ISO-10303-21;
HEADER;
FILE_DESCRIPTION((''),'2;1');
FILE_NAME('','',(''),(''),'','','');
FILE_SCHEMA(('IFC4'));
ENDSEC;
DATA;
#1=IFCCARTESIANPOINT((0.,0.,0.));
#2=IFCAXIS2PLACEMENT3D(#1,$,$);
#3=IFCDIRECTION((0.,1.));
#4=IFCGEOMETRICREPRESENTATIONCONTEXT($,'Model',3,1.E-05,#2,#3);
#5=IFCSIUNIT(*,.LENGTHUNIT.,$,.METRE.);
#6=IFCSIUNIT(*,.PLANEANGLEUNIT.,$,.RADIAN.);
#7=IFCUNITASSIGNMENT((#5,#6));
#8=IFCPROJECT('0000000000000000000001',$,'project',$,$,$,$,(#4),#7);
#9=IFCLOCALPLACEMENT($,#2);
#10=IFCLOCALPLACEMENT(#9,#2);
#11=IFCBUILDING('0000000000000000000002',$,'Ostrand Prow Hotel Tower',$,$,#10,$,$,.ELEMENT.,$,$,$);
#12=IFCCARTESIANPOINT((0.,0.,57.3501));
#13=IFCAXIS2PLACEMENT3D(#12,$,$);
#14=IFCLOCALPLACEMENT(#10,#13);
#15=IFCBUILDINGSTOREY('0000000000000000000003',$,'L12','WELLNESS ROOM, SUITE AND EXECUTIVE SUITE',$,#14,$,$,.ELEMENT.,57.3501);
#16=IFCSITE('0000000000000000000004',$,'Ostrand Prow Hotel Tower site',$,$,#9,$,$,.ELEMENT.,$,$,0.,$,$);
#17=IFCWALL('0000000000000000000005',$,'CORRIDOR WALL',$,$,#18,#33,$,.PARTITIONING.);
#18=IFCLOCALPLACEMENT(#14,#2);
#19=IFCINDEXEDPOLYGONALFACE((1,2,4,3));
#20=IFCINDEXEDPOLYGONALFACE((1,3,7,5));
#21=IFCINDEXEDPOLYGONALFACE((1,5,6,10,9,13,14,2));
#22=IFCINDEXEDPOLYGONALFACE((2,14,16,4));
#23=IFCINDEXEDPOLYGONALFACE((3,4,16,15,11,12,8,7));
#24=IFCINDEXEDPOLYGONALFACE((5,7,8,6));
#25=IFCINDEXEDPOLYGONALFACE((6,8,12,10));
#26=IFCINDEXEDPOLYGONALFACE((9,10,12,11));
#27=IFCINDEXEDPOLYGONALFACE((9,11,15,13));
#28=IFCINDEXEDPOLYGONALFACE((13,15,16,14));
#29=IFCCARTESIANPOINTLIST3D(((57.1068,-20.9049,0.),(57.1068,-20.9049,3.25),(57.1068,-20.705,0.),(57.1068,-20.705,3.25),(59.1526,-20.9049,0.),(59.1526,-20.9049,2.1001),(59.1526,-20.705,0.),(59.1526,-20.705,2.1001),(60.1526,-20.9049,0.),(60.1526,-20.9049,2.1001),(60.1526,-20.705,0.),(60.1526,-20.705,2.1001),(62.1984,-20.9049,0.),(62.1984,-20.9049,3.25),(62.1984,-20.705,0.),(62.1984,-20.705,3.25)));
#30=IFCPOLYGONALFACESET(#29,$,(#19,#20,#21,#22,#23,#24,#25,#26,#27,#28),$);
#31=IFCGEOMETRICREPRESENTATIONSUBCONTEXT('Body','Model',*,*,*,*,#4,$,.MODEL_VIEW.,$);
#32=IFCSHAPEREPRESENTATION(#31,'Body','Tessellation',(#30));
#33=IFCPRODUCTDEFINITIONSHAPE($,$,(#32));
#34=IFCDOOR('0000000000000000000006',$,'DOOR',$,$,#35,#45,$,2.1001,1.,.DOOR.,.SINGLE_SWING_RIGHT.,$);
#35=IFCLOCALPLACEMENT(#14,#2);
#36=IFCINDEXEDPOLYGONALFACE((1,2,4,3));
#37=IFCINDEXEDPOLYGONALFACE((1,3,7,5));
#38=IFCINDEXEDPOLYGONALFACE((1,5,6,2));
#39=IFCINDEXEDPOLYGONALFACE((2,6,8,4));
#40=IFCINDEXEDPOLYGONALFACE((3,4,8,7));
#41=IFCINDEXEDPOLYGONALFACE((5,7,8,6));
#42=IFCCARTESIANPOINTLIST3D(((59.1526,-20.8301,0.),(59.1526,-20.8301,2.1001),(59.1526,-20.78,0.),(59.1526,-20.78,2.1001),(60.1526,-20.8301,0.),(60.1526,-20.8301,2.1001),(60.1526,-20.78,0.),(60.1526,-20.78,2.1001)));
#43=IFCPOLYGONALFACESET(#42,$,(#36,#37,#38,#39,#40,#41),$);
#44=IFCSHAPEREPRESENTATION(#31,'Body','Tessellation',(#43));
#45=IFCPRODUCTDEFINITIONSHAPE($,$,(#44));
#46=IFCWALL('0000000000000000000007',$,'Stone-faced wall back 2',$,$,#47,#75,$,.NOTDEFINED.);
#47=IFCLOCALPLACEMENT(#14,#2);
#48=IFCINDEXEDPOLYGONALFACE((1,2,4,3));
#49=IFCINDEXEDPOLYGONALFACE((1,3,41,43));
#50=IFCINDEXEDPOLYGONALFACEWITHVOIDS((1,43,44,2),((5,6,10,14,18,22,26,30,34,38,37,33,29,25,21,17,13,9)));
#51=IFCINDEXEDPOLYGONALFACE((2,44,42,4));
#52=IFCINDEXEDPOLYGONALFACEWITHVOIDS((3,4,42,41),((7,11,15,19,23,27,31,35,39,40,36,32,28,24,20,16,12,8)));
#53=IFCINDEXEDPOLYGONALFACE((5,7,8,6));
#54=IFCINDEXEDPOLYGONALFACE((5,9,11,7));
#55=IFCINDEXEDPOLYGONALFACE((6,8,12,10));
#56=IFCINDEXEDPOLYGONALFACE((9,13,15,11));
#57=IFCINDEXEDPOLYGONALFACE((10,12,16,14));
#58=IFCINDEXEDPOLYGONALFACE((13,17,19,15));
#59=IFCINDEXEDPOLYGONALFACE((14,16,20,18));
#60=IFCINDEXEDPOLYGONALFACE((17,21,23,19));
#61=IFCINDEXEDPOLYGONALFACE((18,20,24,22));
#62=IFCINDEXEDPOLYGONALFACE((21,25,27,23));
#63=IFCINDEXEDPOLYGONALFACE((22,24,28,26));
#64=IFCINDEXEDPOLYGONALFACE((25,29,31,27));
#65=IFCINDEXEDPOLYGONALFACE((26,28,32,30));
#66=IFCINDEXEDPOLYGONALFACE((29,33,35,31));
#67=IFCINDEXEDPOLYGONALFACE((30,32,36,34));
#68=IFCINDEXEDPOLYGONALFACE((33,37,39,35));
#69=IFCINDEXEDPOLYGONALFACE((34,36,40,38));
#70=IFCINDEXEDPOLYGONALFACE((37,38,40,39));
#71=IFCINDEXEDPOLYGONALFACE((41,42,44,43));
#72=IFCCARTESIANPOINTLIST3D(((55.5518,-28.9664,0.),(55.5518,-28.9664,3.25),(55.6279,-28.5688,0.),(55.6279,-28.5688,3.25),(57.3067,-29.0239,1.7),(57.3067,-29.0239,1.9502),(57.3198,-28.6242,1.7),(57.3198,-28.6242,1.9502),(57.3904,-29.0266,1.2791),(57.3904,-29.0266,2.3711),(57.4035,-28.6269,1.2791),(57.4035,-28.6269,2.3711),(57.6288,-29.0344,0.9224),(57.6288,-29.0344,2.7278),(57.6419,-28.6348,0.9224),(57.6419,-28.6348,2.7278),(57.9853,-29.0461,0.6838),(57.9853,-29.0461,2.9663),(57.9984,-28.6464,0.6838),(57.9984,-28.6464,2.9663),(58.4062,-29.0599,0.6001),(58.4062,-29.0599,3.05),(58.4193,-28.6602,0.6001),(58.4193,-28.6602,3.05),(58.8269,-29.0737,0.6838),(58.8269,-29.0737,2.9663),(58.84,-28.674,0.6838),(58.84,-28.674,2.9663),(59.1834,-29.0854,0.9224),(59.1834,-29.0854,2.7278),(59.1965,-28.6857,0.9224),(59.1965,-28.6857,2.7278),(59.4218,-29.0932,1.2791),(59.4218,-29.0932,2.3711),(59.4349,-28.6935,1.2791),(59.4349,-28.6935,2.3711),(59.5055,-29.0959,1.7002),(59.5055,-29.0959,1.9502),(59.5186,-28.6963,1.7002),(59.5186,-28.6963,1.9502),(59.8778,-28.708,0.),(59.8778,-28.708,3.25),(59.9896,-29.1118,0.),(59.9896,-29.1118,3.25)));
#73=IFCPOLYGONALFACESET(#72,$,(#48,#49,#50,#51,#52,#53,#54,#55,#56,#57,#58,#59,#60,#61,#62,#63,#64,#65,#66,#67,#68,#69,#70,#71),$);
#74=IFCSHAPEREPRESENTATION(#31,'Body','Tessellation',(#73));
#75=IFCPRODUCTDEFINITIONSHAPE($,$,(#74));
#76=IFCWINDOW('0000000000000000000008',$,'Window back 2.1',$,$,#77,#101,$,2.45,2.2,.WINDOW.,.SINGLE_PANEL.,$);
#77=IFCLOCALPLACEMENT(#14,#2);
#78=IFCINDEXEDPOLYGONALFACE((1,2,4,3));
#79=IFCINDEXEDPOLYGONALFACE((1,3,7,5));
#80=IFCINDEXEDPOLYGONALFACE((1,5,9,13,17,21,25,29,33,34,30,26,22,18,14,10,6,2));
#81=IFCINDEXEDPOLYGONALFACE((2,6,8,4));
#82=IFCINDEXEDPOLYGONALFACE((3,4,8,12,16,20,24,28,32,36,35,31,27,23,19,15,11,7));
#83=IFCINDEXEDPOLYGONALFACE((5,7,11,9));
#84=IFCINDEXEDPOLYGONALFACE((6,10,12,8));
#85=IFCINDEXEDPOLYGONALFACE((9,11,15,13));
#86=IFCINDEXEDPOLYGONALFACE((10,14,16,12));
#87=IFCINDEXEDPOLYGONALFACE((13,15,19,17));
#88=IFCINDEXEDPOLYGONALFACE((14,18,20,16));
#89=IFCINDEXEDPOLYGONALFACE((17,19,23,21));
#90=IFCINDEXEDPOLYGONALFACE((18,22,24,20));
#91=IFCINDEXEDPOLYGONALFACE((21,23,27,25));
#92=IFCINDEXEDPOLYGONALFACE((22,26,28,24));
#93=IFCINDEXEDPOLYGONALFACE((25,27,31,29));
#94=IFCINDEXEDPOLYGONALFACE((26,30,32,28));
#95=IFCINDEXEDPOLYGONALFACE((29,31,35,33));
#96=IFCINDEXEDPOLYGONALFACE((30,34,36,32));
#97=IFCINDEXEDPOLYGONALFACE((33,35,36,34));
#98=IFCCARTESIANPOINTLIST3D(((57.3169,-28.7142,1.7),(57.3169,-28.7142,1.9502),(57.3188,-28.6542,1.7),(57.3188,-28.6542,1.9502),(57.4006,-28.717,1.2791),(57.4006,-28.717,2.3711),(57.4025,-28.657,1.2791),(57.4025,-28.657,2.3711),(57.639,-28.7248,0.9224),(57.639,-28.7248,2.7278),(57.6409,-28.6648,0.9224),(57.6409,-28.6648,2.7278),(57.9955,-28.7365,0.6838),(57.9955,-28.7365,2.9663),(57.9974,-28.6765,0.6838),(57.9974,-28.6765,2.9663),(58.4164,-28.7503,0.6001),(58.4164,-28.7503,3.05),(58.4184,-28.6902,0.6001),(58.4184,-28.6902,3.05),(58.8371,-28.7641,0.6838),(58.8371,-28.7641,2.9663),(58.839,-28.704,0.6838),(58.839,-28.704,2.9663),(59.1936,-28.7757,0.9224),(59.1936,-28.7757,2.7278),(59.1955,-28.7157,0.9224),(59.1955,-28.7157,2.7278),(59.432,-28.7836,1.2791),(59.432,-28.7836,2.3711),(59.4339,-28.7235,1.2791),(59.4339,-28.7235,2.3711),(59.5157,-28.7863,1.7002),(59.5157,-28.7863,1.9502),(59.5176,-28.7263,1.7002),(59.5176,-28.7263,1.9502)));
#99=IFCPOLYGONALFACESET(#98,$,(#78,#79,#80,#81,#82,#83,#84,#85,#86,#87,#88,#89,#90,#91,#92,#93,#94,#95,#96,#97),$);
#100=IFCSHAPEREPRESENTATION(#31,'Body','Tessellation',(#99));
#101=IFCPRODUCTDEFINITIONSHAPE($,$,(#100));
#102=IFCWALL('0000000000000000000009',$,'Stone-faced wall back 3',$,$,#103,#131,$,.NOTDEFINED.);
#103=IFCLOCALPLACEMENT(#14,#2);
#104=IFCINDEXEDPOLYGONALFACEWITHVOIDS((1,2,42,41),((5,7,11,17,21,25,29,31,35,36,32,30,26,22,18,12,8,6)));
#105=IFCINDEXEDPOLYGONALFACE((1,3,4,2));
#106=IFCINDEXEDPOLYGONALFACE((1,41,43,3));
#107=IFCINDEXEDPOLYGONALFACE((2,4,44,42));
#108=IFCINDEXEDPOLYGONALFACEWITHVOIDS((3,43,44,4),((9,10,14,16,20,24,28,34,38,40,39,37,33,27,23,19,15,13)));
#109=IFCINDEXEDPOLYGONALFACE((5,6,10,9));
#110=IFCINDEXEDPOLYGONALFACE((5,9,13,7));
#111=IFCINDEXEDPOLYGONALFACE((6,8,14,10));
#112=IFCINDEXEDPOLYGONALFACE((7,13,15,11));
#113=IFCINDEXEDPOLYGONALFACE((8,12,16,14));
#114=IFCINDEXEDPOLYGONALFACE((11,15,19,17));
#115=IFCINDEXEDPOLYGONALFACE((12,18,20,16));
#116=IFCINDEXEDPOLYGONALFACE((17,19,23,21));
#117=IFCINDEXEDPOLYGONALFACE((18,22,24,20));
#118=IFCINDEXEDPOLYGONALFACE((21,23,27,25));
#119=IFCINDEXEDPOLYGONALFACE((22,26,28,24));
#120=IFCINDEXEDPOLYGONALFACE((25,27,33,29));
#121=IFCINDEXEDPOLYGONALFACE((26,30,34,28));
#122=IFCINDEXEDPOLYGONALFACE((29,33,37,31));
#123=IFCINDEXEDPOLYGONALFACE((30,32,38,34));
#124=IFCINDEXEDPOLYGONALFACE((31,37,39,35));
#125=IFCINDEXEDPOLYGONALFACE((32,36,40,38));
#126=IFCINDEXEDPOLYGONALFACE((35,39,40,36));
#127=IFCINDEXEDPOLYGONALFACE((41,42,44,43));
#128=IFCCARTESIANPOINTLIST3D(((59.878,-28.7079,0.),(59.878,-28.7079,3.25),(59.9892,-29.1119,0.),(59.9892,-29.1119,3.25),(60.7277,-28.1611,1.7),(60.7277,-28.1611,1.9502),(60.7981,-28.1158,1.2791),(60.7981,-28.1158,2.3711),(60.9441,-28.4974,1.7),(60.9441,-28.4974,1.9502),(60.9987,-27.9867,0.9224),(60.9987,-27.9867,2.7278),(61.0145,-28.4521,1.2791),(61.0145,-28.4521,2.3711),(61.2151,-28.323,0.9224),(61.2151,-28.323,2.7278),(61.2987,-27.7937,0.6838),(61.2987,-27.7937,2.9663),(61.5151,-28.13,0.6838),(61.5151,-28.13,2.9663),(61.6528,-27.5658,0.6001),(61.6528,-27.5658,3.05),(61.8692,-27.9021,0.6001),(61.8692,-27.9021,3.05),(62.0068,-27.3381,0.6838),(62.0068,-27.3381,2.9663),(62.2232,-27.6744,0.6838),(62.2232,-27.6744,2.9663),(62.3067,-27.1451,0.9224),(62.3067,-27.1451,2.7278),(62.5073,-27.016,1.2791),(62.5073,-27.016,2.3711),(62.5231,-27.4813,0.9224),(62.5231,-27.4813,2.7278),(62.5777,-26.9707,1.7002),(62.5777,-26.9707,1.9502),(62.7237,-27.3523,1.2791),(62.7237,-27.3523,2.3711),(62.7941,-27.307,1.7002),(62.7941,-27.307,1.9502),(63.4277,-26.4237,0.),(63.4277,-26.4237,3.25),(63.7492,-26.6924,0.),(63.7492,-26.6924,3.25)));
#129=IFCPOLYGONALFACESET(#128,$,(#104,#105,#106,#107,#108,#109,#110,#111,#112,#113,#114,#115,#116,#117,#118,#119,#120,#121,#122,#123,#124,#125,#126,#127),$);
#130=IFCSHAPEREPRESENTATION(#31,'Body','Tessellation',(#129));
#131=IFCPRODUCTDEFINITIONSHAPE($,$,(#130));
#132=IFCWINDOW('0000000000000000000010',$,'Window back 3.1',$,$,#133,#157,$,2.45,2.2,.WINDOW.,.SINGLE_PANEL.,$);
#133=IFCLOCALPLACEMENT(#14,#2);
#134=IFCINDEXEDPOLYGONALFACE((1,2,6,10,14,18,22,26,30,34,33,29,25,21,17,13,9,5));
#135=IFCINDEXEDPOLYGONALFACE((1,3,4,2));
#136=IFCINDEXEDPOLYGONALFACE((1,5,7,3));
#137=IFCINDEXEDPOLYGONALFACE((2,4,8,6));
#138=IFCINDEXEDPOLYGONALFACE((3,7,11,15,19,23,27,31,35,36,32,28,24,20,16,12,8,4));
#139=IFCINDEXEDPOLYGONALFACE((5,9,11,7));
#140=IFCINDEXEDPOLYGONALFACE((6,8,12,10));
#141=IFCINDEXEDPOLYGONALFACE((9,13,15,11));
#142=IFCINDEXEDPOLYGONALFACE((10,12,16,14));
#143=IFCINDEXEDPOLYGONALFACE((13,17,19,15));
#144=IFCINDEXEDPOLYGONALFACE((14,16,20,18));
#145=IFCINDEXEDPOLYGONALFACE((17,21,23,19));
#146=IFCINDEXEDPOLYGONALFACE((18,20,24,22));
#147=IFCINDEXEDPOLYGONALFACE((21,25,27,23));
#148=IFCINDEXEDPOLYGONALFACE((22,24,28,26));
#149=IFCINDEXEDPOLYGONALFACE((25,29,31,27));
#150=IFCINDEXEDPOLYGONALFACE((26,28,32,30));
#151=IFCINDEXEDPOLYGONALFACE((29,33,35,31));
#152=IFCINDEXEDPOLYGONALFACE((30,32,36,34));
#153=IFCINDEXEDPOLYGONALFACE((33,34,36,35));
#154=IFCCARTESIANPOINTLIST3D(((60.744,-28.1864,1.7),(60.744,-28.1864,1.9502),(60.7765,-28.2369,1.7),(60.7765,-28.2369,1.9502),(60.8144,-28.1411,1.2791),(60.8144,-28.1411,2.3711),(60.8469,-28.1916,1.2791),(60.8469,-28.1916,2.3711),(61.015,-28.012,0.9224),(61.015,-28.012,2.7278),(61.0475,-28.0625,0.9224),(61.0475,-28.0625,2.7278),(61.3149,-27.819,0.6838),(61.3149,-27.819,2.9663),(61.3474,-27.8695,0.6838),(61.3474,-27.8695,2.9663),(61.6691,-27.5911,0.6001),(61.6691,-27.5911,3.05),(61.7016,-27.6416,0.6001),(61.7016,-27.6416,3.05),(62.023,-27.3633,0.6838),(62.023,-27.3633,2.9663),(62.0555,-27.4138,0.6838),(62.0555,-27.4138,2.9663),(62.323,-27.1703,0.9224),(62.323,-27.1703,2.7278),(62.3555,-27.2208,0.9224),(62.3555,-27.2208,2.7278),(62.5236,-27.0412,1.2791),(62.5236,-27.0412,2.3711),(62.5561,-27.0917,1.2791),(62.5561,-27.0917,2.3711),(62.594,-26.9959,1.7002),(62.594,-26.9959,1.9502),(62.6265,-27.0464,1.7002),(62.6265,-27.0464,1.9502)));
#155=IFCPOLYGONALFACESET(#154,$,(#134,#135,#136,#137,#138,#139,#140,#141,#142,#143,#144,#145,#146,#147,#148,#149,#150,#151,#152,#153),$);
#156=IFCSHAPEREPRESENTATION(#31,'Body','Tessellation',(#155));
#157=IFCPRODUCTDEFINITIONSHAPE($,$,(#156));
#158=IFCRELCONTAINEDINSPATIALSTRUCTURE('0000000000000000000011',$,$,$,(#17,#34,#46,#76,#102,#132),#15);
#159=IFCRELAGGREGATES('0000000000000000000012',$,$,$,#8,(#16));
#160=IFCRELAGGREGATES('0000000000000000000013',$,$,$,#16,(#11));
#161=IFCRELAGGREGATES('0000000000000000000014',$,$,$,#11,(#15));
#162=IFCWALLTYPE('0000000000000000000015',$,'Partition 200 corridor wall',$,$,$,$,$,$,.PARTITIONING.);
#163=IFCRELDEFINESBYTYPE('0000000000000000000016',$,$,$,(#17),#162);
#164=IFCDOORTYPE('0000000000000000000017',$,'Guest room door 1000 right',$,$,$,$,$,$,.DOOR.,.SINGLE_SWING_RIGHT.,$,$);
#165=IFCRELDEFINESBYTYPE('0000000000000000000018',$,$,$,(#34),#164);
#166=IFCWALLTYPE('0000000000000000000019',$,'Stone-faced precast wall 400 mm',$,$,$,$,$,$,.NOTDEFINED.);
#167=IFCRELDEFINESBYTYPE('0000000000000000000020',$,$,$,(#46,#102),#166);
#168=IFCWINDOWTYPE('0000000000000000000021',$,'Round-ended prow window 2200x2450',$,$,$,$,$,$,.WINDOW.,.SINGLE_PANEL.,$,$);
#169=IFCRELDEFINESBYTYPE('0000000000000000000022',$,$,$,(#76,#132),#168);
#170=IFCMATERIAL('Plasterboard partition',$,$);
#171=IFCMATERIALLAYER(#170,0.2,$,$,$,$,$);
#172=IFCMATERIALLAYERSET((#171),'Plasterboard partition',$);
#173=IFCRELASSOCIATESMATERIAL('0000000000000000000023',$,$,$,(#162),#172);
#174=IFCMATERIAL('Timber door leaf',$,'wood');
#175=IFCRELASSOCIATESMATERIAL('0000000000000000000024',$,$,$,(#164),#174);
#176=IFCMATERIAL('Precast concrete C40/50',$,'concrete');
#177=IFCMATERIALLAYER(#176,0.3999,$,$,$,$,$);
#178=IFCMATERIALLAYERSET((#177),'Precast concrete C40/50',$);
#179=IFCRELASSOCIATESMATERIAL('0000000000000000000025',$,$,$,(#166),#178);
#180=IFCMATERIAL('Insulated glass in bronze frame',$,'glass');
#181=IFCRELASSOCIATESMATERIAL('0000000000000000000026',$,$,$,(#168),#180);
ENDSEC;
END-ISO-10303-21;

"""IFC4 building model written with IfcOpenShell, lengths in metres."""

from ifc_helpers import new_model, si_unit, direction, frame, frame_2d, origin, place, context, subcontext, project, spatial, polyline, rectangle, outline, extrude, material, layer, layer_set, type_object, element, fill, save


model = new_model("IFC4")

# Units and contexts
model_context = context("Model", 3, precision=1e-05, world=origin(), true_north=direction((0.0, 1.0)))
body_context = subcontext(model_context, "Body", "Model", "MODEL_VIEW")
ifc_project = project(units=[si_unit("LENGTHUNIT", "METRE"), si_unit("PLANEANGLEUNIT", "RADIAN")], contexts=[model_context])

# Site, building, storey
site_placement = place(None, origin())
site = spatial("IfcSite", under=ifc_project, at=site_placement, Name="Ostrand Prow Hotel Tower site", CompositionType="ELEMENT", RefElevation=0.0)
building_placement = place(site_placement, origin())
building = spatial("IfcBuilding", under=site, at=building_placement, Name="Ostrand Prow Hotel Tower", CompositionType="ELEMENT")
storey_placement = place(building_placement, frame((0.0, 0.0, 57.3501)))
storey = spatial("IfcBuildingStorey", under=building, at=storey_placement, Name="L12", Description="WELLNESS ROOM, SUITE AND EXECUTIVE SUITE", CompositionType="ELEMENT", Elevation=57.3501)

# Wall, opening, door
ifc_material_1 = material(Name="Plasterboard partition")
ifc_layer_1 = layer(ifc_material_1, 0.2)
ifc_layer_set_1 = layer_set([ifc_layer_1], Name="Plasterboard partition")
wall_type_1 = type_object("IfcWallType", Name="Partition 200 corridor wall", PredefinedType="PARTITIONING", material=ifc_layer_set_1)
wall_1_placement = place(storey_placement, frame((57.1067, -20.8049, 0.0), z_axis=(0.0, 0.0, 1.0), x_axis=(1.0, 0.0, 0.0)))
wall_1 = element("IfcWall", 1, at=wall_1_placement, inside=storey, type_object=wall_type_1, Name="CORRIDOR WALL", PredefinedType="PARTITIONING", context=body_context, shape_type="SweptSolid", body=[
    extrude(rectangle(XDim=5.0916, YDim=0.2, at=frame_2d((2.5459, 0.0))), origin(), (0.0, 0.0, 1.0), 3.25),
])
opening_1_placement = place(wall_1_placement, frame((2.0459, 0.0, 0.0)))
opening_1 = element("IfcOpeningElement", 2, at=opening_1_placement, cuts=wall_1, PredefinedType="OPENING", context=body_context, shape_type="SweptSolid", body=[
    extrude(rectangle(XDim=1.0, YDim=2.1001, at=frame_2d((0.5, 1.05))), frame((0.0, 0.1099, 0.0), z_axis=(0.0, -1.0, 0.0), x_axis=(1.0, 0.0, 0.0)), (0.0, 0.0, 1.0), 0.22),
])
ifc_material_2 = material(Name="Timber door leaf", Category="wood")
door_type_1 = type_object("IfcDoorType", Name="Guest room door 1000 right", OperationType="SINGLE_SWING_RIGHT", PredefinedType="DOOR", material=ifc_material_2)
door_1_placement = place(opening_1_placement, origin())
door_1 = element("IfcDoor", 3, at=door_1_placement, inside=storey, type_object=door_type_1, Name="DOOR", OperationType="SINGLE_SWING_RIGHT", OverallHeight=2.1001, OverallWidth=1.0, PredefinedType="DOOR", context=body_context, shape_type="SweptSolid", body=[
    extrude(rectangle(XDim=1.0, YDim=2.1001, at=frame_2d((0.5, 1.05))), frame((0.0, 0.0249, 0.0), z_axis=(0.0, -1.0, 0.0), x_axis=(1.0, 0.0, 0.0)), (0.0, 0.0, 1.0), 0.05),
])
fill(opening_1, door_1)

# Walls, openings, windows
ifc_material_3 = material(Name="Precast concrete C40/50", Category="concrete")
ifc_layer_2 = layer(ifc_material_3, 0.3999)
ifc_layer_set_2 = layer_set([ifc_layer_2], Name="Precast concrete C40/50")
wall_type_2 = type_object("IfcWallType", Name="Stone-faced precast wall 400 mm", PredefinedType="NOTDEFINED", material=ifc_layer_set_2)
wall_2_placement = place(storey_placement, frame((55.5898, -28.7676, 0.0), z_axis=(0.0, 0.0, 1.0), x_axis=(0.999464, -0.03275, 0.0)))
wall_2 = element("IfcWall", 4, at=wall_2_placement, inside=storey, type_object=wall_type_2, Name="Stone-faced wall back 2", PredefinedType="NOTDEFINED", context=body_context, shape_type="SweptSolid", body=[
    extrude(outline(polyline([(-0.0315, -0.2), (4.4087, -0.2), (4.2837, 0.2), (0.0315, 0.2), (-0.0315, -0.2)])), origin(), (0.0, 0.0, 1.0), 3.25),
])
opening_2_placement = place(wall_2_placement, frame((1.7244, 0.0, 0.6001)))
opening_2 = element("IfcOpeningElement", 5, at=opening_2_placement, cuts=wall_2, PredefinedType="OPENING", context=body_context, shape_type="SweptSolid", body=[
    extrude(outline(polyline([(0.0, 1.3501), (0.0837, 1.771), (0.3223, 2.1277), (0.679, 2.3662), (1.1001, 2.45), (1.521, 2.3662), (1.8777, 2.1277), (2.1162, 1.771), (2.2, 1.3501), (2.2, 1.1001), (2.1162, 0.679), (1.8777, 0.3223), (1.521, 0.0837), (1.1001, 0.0), (0.679, 0.0837), (0.3223, 0.3223), (0.0837, 0.679), (0.0, 1.0999), (0.0, 1.3501)])), frame((0.0, 0.21, 0.0), z_axis=(0.0, -1.0, 0.0), x_axis=(1.0, 0.0, 0.0)), (0.0, 0.0, 1.0), 0.4199),
])
ifc_material_4 = material(Name="Insulated glass in bronze frame", Category="glass")
window_type_1 = type_object("IfcWindowType", Name="Round-ended prow window 2200x2450", PartitioningType="SINGLE_PANEL", PredefinedType="WINDOW", material=ifc_material_4)
window_1_placement = place(opening_2_placement, origin())
window_1 = element("IfcWindow", 6, at=window_1_placement, inside=storey, type_object=window_type_1, Name="Window back 2.1", OverallHeight=2.45, OverallWidth=2.2, PartitioningType="SINGLE_PANEL", PredefinedType="WINDOW", context=body_context, shape_type="SweptSolid", body=[
    extrude(outline(polyline([(0.0, 1.3501), (0.0837, 1.771), (0.3223, 2.1277), (0.679, 2.3662), (1.1001, 2.45), (1.521, 2.3662), (1.8777, 2.1277), (2.1162, 1.771), (2.2, 1.3501), (2.2, 1.1001), (2.1162, 0.679), (1.8777, 0.3223), (1.521, 0.0837), (1.1001, 0.0), (0.679, 0.0837), (0.3223, 0.3223), (0.0837, 0.679), (0.0, 1.0999), (0.0, 1.3501)])), frame((0.0, 0.1699, 0.0), z_axis=(0.0, -1.0, 0.0), x_axis=(1.0, 0.0, 0.0)), (0.0, 0.0, 1.0), 0.0601),
])
fill(opening_2, window_1)
wall_3_placement = place(storey_placement, frame((59.9336, -28.9099, 0.0), z_axis=(0.0, 0.0, 1.0), x_axis=(0.840937, 0.541132, 0.0)))
wall_3 = element("IfcWall", 7, at=wall_3_placement, inside=storey, type_object=wall_type_2, Name="Stone-faced wall back 3", PredefinedType="NOTDEFINED", context=body_context, shape_type="SweptSolid", body=[
    extrude(outline(polyline([(-0.0625, -0.2), (4.4087, -0.2), (4.2837, 0.2), (0.0625, 0.2), (-0.0625, -0.2)])), origin(), (0.0, 0.0, 1.0), 3.25),
])
opening_3_placement = place(wall_3_placement, frame((1.073, 0.0, 0.6001)))
opening_3 = element("IfcOpeningElement", 8, at=opening_3_placement, cuts=wall_3, PredefinedType="OPENING", context=body_context, shape_type="SweptSolid", body=[
    extrude(outline(polyline([(0.0, 1.3501), (0.0837, 1.771), (0.3223, 2.1277), (0.679, 2.3662), (1.1001, 2.45), (1.521, 2.3662), (1.8777, 2.1277), (2.1162, 1.771), (2.2, 1.3501), (2.2, 1.1001), (2.1162, 0.679), (1.8777, 0.3223), (1.521, 0.0837), (1.1001, 0.0), (0.679, 0.0837), (0.3223, 0.3223), (0.0837, 0.679), (0.0, 1.0999), (0.0, 1.3501)])), frame((0.0, 0.21, 0.0), z_axis=(0.0, -1.0, 0.0), x_axis=(1.0, 0.0, 0.0)), (0.0, 0.0, 1.0), 0.4199),
])
window_2_placement = place(opening_3_placement, origin())
window_2 = element("IfcWindow", 9, at=window_2_placement, inside=storey, type_object=window_type_1, Name="Window back 3.1", OverallHeight=2.45, OverallWidth=2.2, PartitioningType="SINGLE_PANEL", PredefinedType="WINDOW", context=body_context, shape_type="SweptSolid", body=[
    extrude(outline(polyline([(0.0, 1.3501), (0.0837, 1.771), (0.3223, 2.1277), (0.679, 2.3662), (1.1001, 2.45), (1.521, 2.3662), (1.8777, 2.1277), (2.1162, 1.771), (2.2, 1.3501), (2.2, 1.1001), (2.1162, 0.679), (1.8777, 0.3223), (1.521, 0.0837), (1.1001, 0.0), (0.679, 0.0837), (0.3223, 0.3223), (0.0837, 0.679), (0.0, 1.0999), (0.0, 1.3501)])), frame((0.0, 0.1699, 0.0), z_axis=(0.0, -1.0, 0.0), x_axis=(1.0, 0.0, 0.0)), (0.0, 0.0, 1.0), 0.0601),
])
fill(opening_3, window_2)

save(model, "model.ifc")
